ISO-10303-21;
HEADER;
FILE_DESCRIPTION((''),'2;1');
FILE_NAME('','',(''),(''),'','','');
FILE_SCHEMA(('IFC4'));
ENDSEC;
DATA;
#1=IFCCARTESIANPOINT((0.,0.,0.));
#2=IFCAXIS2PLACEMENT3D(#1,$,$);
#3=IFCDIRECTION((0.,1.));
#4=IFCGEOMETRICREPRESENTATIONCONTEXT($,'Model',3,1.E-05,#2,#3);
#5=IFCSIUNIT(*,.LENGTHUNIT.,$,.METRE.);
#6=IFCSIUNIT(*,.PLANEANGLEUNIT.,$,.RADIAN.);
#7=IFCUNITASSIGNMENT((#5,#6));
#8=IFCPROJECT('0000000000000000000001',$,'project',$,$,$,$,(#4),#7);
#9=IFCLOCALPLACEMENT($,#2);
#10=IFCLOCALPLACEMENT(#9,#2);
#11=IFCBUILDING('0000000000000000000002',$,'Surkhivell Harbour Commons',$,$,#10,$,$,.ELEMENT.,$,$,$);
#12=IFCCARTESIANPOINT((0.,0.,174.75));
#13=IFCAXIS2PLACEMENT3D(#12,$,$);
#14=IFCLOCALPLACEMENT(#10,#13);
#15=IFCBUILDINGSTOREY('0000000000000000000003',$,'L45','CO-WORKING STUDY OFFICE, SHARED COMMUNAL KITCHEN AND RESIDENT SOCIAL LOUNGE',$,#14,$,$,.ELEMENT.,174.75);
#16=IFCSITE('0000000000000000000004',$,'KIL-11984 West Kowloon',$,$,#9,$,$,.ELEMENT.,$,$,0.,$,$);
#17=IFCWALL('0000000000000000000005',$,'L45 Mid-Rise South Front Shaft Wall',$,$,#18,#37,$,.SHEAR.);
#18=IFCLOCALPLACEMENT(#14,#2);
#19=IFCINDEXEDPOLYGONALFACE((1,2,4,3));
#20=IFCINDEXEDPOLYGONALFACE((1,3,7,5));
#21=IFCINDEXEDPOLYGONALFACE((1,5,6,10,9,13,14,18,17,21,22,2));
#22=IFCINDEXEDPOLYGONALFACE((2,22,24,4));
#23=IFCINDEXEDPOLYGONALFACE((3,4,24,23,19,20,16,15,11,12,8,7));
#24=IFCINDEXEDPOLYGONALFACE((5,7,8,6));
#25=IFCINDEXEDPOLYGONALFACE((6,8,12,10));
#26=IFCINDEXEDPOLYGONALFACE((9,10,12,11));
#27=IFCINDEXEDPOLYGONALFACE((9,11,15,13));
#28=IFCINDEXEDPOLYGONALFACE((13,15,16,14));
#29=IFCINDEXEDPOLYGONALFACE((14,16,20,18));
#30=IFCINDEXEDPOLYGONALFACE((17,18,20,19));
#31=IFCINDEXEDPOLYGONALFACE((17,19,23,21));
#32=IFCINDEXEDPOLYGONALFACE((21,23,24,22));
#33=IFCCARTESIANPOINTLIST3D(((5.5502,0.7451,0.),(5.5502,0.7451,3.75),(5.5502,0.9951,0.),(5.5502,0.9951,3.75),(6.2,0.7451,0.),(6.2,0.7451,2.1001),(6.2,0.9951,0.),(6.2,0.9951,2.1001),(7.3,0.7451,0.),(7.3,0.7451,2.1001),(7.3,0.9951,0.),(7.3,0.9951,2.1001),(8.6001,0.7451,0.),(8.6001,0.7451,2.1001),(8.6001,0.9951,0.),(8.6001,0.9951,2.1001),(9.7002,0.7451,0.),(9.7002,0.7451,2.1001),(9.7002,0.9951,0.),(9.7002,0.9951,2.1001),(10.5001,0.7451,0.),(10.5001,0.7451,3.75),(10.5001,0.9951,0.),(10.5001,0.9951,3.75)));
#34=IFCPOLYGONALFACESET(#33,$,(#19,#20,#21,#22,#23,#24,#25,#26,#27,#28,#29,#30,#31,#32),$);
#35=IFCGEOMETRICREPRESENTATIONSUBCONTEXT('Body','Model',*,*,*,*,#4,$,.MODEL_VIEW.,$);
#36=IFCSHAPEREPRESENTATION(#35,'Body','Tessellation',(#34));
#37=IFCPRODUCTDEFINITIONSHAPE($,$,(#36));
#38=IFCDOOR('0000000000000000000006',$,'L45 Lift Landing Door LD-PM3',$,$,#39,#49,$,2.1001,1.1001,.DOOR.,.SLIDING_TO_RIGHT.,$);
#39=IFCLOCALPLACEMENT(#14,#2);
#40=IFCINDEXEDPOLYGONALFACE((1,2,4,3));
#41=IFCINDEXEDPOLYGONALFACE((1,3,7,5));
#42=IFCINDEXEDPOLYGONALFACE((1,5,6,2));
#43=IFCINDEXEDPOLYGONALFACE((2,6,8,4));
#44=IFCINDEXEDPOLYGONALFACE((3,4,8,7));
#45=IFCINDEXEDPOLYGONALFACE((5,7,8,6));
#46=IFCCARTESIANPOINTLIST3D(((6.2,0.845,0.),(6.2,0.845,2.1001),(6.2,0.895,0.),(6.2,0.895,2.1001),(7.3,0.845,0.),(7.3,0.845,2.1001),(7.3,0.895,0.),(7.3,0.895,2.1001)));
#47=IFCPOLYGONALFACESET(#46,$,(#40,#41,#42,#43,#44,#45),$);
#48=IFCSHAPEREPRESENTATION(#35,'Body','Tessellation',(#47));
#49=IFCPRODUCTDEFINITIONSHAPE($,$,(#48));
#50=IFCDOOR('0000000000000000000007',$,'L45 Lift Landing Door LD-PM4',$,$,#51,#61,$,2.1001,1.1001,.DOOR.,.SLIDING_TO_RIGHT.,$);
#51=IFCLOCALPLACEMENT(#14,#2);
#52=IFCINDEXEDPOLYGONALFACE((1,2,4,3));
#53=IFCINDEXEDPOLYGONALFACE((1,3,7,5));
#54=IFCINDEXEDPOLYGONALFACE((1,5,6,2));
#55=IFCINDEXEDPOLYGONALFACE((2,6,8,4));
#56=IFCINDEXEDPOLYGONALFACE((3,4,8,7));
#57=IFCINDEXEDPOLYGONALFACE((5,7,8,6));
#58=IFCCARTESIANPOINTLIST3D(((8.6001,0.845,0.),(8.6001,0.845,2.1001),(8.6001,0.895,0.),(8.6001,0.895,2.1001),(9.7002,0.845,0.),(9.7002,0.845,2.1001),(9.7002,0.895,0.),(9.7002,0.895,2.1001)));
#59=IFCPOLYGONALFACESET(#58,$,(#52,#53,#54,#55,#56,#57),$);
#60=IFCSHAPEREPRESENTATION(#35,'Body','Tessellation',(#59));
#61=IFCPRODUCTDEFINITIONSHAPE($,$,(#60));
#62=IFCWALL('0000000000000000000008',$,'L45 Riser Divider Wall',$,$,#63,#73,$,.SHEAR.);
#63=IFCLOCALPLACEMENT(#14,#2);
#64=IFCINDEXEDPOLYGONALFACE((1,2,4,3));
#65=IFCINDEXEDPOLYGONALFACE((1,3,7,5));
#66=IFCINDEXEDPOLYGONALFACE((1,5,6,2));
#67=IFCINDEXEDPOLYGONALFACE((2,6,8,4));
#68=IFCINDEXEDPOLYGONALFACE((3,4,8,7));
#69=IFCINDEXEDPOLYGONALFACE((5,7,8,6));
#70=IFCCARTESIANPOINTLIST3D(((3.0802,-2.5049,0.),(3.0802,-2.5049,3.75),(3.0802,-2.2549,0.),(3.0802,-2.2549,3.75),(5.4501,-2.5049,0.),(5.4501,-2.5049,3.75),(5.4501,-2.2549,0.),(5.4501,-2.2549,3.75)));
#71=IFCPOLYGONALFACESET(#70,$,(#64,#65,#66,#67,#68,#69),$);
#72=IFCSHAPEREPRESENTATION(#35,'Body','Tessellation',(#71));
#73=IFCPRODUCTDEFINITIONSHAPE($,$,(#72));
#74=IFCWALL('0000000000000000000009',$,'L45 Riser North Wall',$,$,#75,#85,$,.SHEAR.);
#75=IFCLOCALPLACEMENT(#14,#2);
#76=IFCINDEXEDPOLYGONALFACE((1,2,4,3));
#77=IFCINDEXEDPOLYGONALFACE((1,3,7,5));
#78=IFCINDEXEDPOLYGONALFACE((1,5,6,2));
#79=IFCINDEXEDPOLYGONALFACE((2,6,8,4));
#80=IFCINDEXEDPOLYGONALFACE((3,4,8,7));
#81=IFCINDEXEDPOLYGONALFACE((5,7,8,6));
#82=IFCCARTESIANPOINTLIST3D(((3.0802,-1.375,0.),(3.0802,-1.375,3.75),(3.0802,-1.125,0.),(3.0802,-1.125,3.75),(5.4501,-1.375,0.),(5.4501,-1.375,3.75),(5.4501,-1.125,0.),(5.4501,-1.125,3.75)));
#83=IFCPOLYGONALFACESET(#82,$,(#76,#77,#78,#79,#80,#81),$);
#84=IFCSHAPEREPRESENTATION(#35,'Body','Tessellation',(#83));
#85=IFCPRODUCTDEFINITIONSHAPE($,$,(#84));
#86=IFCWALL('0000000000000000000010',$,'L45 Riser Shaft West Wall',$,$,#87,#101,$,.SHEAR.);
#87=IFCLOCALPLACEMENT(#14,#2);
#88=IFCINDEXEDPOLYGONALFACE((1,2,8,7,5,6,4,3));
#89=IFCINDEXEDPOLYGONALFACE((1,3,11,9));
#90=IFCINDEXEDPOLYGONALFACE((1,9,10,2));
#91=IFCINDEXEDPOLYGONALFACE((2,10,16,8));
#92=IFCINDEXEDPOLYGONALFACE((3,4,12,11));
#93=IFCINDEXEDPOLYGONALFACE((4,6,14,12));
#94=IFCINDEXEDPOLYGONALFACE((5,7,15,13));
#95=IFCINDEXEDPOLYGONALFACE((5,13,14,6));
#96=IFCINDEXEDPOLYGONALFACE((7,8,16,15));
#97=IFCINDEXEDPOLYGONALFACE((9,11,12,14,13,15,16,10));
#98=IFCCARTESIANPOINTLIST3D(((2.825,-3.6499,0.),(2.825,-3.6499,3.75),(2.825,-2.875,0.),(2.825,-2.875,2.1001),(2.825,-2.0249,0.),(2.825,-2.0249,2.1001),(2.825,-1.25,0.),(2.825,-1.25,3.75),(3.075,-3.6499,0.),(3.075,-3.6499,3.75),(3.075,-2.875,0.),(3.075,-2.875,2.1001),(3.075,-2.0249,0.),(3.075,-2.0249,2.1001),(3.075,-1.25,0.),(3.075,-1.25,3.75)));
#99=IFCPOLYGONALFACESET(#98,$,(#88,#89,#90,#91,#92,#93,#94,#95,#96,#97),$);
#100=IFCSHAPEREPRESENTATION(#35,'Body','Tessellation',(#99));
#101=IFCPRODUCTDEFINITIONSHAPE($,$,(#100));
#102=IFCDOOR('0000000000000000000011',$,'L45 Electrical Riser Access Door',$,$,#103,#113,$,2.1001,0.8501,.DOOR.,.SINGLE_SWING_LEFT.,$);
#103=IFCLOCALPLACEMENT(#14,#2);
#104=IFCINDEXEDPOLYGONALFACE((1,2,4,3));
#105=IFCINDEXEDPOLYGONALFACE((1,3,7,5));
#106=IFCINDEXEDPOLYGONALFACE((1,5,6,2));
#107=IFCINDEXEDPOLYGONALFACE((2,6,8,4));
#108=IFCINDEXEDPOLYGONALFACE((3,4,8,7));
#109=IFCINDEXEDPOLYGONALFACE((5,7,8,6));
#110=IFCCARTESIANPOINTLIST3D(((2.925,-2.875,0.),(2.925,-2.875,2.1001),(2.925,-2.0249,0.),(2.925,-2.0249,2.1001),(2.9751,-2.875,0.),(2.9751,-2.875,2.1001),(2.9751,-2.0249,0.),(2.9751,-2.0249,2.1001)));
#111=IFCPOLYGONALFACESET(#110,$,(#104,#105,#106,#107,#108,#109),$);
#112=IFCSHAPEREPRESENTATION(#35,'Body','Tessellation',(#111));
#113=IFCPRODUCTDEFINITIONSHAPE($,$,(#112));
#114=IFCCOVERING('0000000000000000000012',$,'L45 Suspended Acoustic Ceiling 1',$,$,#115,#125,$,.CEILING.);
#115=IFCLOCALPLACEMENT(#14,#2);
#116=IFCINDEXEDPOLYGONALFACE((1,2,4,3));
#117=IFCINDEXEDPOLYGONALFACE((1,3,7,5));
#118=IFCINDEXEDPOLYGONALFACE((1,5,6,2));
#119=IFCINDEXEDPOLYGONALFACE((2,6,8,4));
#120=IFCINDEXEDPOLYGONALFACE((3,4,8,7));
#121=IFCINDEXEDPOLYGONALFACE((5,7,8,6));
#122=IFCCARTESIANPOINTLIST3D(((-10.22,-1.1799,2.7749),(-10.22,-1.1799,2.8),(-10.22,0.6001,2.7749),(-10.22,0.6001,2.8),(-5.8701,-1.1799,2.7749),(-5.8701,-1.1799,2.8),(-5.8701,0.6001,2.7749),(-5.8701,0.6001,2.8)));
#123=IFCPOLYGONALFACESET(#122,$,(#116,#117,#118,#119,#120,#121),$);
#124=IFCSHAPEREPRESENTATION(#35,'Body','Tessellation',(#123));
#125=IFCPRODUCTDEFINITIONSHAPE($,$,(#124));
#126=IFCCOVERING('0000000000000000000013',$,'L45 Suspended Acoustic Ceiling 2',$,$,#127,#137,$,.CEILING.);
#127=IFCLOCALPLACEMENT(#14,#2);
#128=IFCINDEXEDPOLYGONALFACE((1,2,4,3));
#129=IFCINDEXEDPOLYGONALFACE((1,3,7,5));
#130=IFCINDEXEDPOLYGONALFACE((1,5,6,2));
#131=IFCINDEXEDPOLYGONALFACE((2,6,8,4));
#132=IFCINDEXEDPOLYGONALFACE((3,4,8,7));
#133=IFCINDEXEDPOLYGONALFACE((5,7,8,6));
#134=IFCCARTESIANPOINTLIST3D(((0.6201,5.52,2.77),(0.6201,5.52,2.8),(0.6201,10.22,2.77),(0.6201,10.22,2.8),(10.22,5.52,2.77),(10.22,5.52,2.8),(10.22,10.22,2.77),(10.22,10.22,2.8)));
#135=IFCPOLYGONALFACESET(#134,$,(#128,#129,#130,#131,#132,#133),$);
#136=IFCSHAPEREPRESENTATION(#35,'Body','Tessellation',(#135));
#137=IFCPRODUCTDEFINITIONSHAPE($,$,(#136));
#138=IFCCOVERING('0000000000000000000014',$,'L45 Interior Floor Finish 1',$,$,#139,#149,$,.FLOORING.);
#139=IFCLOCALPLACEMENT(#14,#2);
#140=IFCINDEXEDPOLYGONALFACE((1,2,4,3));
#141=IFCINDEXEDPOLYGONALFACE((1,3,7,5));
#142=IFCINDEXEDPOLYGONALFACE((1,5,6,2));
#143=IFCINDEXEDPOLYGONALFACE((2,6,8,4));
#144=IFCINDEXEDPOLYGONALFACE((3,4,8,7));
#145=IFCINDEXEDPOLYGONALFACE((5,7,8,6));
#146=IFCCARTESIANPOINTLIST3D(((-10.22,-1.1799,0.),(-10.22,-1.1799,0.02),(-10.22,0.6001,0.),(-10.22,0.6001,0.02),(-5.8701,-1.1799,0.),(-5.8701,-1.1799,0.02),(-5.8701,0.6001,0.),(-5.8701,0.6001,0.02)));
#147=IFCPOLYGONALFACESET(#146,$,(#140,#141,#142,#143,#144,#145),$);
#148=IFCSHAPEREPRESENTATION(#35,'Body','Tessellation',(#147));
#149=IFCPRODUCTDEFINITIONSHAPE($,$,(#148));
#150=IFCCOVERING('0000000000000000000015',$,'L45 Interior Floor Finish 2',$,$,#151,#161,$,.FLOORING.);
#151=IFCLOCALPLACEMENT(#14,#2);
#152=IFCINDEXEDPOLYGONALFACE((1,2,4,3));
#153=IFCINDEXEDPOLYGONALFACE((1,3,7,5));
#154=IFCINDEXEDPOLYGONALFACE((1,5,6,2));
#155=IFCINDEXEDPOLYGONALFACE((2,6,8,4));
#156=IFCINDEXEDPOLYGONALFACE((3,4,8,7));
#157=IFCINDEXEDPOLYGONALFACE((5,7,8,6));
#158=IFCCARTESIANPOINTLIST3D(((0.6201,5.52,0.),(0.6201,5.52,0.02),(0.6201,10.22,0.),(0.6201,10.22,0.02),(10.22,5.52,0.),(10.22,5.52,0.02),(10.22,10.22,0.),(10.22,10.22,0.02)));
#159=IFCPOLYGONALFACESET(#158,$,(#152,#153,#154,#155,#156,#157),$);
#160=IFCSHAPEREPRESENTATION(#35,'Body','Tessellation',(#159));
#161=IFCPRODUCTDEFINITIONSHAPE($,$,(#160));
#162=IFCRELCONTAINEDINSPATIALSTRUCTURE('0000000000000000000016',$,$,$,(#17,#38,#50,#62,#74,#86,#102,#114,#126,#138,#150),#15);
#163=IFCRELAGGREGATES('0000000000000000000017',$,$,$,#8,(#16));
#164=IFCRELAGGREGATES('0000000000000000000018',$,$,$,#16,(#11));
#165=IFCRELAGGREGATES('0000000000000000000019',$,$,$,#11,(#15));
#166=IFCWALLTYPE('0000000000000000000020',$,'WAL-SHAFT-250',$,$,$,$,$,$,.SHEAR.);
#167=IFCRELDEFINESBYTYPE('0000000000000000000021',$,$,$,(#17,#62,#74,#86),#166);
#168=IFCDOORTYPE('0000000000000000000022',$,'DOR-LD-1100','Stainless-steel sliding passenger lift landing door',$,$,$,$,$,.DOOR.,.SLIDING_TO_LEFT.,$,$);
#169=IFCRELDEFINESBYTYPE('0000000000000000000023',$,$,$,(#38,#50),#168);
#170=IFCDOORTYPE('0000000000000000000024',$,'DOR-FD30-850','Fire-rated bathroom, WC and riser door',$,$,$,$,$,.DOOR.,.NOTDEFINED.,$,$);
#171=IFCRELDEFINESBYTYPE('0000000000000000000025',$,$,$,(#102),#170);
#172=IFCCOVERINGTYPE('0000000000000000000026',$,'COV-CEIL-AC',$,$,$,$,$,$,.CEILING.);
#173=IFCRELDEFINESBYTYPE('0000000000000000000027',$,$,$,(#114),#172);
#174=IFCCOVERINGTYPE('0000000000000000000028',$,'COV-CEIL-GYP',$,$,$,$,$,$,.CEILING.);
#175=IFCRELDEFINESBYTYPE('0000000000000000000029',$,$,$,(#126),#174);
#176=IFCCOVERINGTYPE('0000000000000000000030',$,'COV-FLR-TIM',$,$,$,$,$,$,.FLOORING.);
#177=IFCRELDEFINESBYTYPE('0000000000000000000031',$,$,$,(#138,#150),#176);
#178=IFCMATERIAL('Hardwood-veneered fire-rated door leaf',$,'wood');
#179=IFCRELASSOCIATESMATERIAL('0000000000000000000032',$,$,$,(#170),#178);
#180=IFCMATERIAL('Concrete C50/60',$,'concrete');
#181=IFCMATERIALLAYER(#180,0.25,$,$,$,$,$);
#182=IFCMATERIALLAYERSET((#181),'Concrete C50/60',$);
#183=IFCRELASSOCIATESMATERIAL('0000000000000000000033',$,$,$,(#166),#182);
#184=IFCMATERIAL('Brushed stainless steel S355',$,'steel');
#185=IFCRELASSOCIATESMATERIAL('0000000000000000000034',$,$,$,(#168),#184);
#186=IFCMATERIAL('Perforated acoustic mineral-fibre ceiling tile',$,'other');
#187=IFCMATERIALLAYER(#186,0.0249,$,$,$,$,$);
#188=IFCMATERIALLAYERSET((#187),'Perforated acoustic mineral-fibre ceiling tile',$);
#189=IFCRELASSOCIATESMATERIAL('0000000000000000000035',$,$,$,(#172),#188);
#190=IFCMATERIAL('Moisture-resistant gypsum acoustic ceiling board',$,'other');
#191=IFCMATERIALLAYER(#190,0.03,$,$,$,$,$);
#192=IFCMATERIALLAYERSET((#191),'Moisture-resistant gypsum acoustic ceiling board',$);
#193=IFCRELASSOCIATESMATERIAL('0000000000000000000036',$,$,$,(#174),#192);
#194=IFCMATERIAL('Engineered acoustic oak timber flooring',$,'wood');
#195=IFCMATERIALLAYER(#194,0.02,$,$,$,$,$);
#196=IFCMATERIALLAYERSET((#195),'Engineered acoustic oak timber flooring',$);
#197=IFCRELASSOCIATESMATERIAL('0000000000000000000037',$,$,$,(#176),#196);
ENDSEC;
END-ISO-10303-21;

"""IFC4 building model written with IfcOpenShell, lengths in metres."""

from ifc_helpers import new_model, si_unit, direction, frame, frame_2d, origin, place, context, subcontext, project, spatial, polyline, rectangle, outline, extrude, material, layer, layer_set, type_object, element, fill, save


model = new_model("IFC4")

# Units and contexts
model_context = context("Model", 3, precision=1e-05, world=origin(), true_north=direction((0.0, 1.0)))
body_context = subcontext(model_context, "Body", "Model", "MODEL_VIEW")
ifc_project = project(units=[si_unit("LENGTHUNIT", "METRE"), si_unit("PLANEANGLEUNIT", "RADIAN")], contexts=[model_context])

# Site, building, storey
site_placement = place(None, origin())
site = spatial("IfcSite", under=ifc_project, at=site_placement, Name="KIL-11984 West Kowloon", CompositionType="ELEMENT", RefElevation=0.0)
building_placement = place(site_placement, origin())
building = spatial("IfcBuilding", under=site, at=building_placement, Name="Surkhivell Harbour Commons", CompositionType="ELEMENT")
storey_placement = place(building_placement, frame((0.0, 0.0, 174.75)))
storey = spatial("IfcBuildingStorey", under=building, at=storey_placement, Name="L45", Description="CO-WORKING STUDY OFFICE, SHARED COMMUNAL KITCHEN AND RESIDENT SOCIAL LOUNGE", CompositionType="ELEMENT", Elevation=174.75)

# Shared definitions
ifc_material_1 = material(Name="Hardwood-veneered fire-rated door leaf", Category="wood")
door_type_1 = type_object("IfcDoorType", Name="DOR-FD30-850", Description="Fire-rated bathroom, WC and riser door", OperationType="NOTDEFINED", PredefinedType="DOOR", material=ifc_material_1)

# Shared definitions
ifc_material_2 = material(Name="Concrete C50/60", Category="concrete")
ifc_layer_1 = layer(ifc_material_2, 0.25)
ifc_layer_set_1 = layer_set([ifc_layer_1], Name="Concrete C50/60")
wall_type_1 = type_object("IfcWallType", Name="WAL-SHAFT-250", PredefinedType="SHEAR", material=ifc_layer_set_1)

# Shared definitions
ifc_material_3 = material(Name="Brushed stainless steel S355", Category="steel")
door_type_2 = type_object("IfcDoorType", Name="DOR-LD-1100", Description="Stainless-steel sliding passenger lift landing door", OperationType="SLIDING_TO_LEFT", PredefinedType="DOOR", material=ifc_material_3)

# Wall, openings, doors
wall_1_placement = place(storey_placement, frame((5.55, 0.8701, 0.0), z_axis=(0.0, 0.0, 1.0), x_axis=(1.0, 0.0, 0.0)))
wall_1 = element("IfcWall", 1, at=wall_1_placement, inside=storey, type_object=wall_type_1, Name="L45 Mid-Rise South Front Shaft Wall", PredefinedType="SHEAR", context=body_context, shape_type="SweptSolid", body=[
    extrude(rectangle(XDim=4.95, YDim=0.25, at=frame_2d((2.4751, 0.0))), origin(), (0.0, 0.0, 1.0), 3.75),
])
opening_1_placement = place(wall_1_placement, frame((0.6499, 0.0, 0.0)))
opening_1 = element("IfcOpeningElement", 2, at=opening_1_placement, cuts=wall_1, PredefinedType="OPENING", context=body_context, shape_type="SweptSolid", body=[
    extrude(rectangle(XDim=1.1001, YDim=2.1001, at=frame_2d((0.55, 1.05))), frame((0.0, 0.135, 0.0), z_axis=(0.0, -1.0, 0.0), x_axis=(1.0, 0.0, 0.0)), (0.0, 0.0, 1.0), 0.27),
])
opening_2_placement = place(wall_1_placement, frame((3.05, 0.0, 0.0)))
opening_2 = element("IfcOpeningElement", 3, at=opening_2_placement, cuts=wall_1, PredefinedType="OPENING", context=body_context, shape_type="SweptSolid", body=[
    extrude(rectangle(XDim=1.1001, YDim=2.1001, at=frame_2d((0.55, 1.05))), frame((0.0, 0.135, 0.0), z_axis=(0.0, -1.0, 0.0), x_axis=(1.0, 0.0, 0.0)), (0.0, 0.0, 1.0), 0.27),
])
door_1_placement = place(opening_1_placement, origin())
door_1 = element("IfcDoor", 4, at=door_1_placement, inside=storey, type_object=door_type_2, Name="L45 Lift Landing Door LD-PM3", OperationType="SLIDING_TO_RIGHT", OverallHeight=2.1001, OverallWidth=1.1001, PredefinedType="DOOR", context=body_context, shape_type="SweptSolid", body=[
    extrude(rectangle(XDim=1.1001, YDim=2.1001, at=frame_2d((0.55, 1.05))), frame((0.0, 0.0249, 0.0), z_axis=(0.0, -1.0, 0.0), x_axis=(1.0, 0.0, 0.0)), (0.0, 0.0, 1.0), 0.05),
])
fill(opening_1, door_1)
door_2_placement = place(opening_2_placement, origin())
door_2 = element("IfcDoor", 5, at=door_2_placement, inside=storey, type_object=door_type_2, Name="L45 Lift Landing Door LD-PM4", OperationType="SLIDING_TO_RIGHT", OverallHeight=2.1001, OverallWidth=1.1001, PredefinedType="DOOR", context=body_context, shape_type="SweptSolid", body=[
    extrude(rectangle(XDim=1.1001, YDim=2.1001, at=frame_2d((0.55, 1.05))), frame((0.0, 0.0249, 0.0), z_axis=(0.0, -1.0, 0.0), x_axis=(1.0, 0.0, 0.0)), (0.0, 0.0, 1.0), 0.05),
])
fill(opening_2, door_2)

# Walls
for number, where, z_axis, x_axis, name in (
    (6, (3.0801, -2.3799, 0.0), (0.0, 0.0, 1.0), (1.0, 0.0, 0.0), "L45 Riser Divider Wall"),
    (7, (3.0801, -1.25, 0.0), (0.0, 0.0, 1.0), (1.0, 0.0, 0.0), "L45 Riser North Wall"),
):
    element("IfcWall", number, at=place(storey_placement, frame(where, z_axis=z_axis, x_axis=x_axis)), inside=storey, type_object=wall_type_1, Name=name, PredefinedType="SHEAR", context=body_context, shape_type="SweptSolid", body=[
        extrude(rectangle(XDim=2.3699, YDim=0.25, at=frame_2d((1.1851, 0.0))), origin(), (0.0, 0.0, 1.0), 3.75),
    ])

# Wall, opening, door
wall_2_placement = place(storey_placement, frame((2.95, -3.6499, 0.0), z_axis=(0.0, 0.0, 1.0), x_axis=(0.0, 1.0, 0.0)))
wall_2 = element("IfcWall", 8, at=wall_2_placement, inside=storey, type_object=wall_type_1, Name="L45 Riser Shaft West Wall", PredefinedType="SHEAR", context=body_context, shape_type="SweptSolid", body=[
    extrude(rectangle(XDim=2.3999, YDim=0.25, at=frame_2d((1.2, 0.0))), origin(), (0.0, 0.0, 1.0), 3.75),
])
opening_3_placement = place(wall_2_placement, frame((0.7749, 0.0, 0.0)))
opening_3 = element("IfcOpeningElement", 9, at=opening_3_placement, cuts=wall_2, PredefinedType="OPENING", context=body_context, shape_type="SweptSolid", body=[
    extrude(rectangle(XDim=0.8501, YDim=2.1001, at=frame_2d((0.425, 1.05))), frame((0.0, 0.135, 0.0), z_axis=(0.0, -1.0, 0.0), x_axis=(1.0, 0.0, 0.0)), (0.0, 0.0, 1.0), 0.27),
])
door_3_placement = place(opening_3_placement, origin())
door_3 = element("IfcDoor", 10, at=door_3_placement, inside=storey, type_object=door_type_1, Name="L45 Electrical Riser Access Door", OperationType="SINGLE_SWING_LEFT", OverallHeight=2.1001, OverallWidth=0.8501, PredefinedType="DOOR", context=body_context, shape_type="SweptSolid", body=[
    extrude(rectangle(XDim=0.8501, YDim=2.1001, at=frame_2d((0.425, 1.05))), frame((0.0, 0.0249, 0.0), z_axis=(0.0, -1.0, 0.0), x_axis=(1.0, 0.0, 0.0)), (0.0, 0.0, 1.0), 0.05),
])
fill(opening_3, door_3)

# Coverings
ifc_material_4 = material(Name="Perforated acoustic mineral-fibre ceiling tile", Category="other")
ifc_layer_2 = layer(ifc_material_4, 0.0249)
ifc_layer_set_2 = layer_set([ifc_layer_2], Name="Perforated acoustic mineral-fibre ceiling tile")
covering_type_1 = type_object("IfcCoveringType", Name="COV-CEIL-AC", PredefinedType="CEILING", material=ifc_layer_set_2)
covering_1_placement = place(storey_placement, frame((0.0, 0.0, 2.7749)))
element("IfcCovering", 11, at=covering_1_placement, inside=storey, type_object=covering_type_1, Name="L45 Suspended Acoustic Ceiling 1", PredefinedType="CEILING", context=body_context, shape_type="SweptSolid", body=[
    extrude(outline(polyline([(-10.22, -1.1799), (-5.8701, -1.1799), (-5.8701, 0.6001), (-10.22, 0.6001), (-10.22, -1.1799)])), origin(), (0.0, 0.0, 1.0), 0.0251),
])
ifc_material_5 = material(Name="Moisture-resistant gypsum acoustic ceiling board", Category="other")
ifc_layer_3 = layer(ifc_material_5, 0.03)
ifc_layer_set_3 = layer_set([ifc_layer_3], Name="Moisture-resistant gypsum acoustic ceiling board")
covering_type_2 = type_object("IfcCoveringType", Name="COV-CEIL-GYP", PredefinedType="CEILING", material=ifc_layer_set_3)
covering_2_placement = place(storey_placement, frame((0.0, 0.0, 2.77)))
element("IfcCovering", 12, at=covering_2_placement, inside=storey, type_object=covering_type_2, Name="L45 Suspended Acoustic Ceiling 2", PredefinedType="CEILING", context=body_context, shape_type="SweptSolid", body=[
    extrude(outline(polyline([(0.6201, 5.52), (10.22, 5.52), (10.22, 10.22), (0.6201, 10.22), (0.6201, 5.52)])), origin(), (0.0, 0.0, 1.0), 0.03),
])
ifc_material_6 = material(Name="Engineered acoustic oak timber flooring", Category="wood")
ifc_layer_4 = layer(ifc_material_6, 0.02)
ifc_layer_set_4 = layer_set([ifc_layer_4], Name="Engineered acoustic oak timber flooring")
covering_type_3 = type_object("IfcCoveringType", Name="COV-FLR-TIM", PredefinedType="FLOORING", material=ifc_layer_set_4)
covering_3_placement = place(storey_placement, origin())
element("IfcCovering", 13, at=covering_3_placement, inside=storey, type_object=covering_type_3, Name="L45 Interior Floor Finish 1", PredefinedType="FLOORING", context=body_context, shape_type="SweptSolid", body=[
    extrude(outline(polyline([(-10.22, -1.1799), (-5.8701, -1.1799), (-5.8701, 0.6001), (-10.22, 0.6001), (-10.22, -1.1799)])), origin(), (0.0, 0.0, 1.0), 0.02),
])
covering_4_placement = place(storey_placement, origin())
element("IfcCovering", 14, at=covering_4_placement, inside=storey, type_object=covering_type_3, Name="L45 Interior Floor Finish 2", PredefinedType="FLOORING", context=body_context, shape_type="SweptSolid", body=[
    extrude(outline(polyline([(0.6201, 5.52), (10.22, 5.52), (10.22, 10.22), (0.6201, 10.22), (0.6201, 5.52)])), origin(), (0.0, 0.0, 1.0), 0.02),
])

save(model, "model.ifc")
